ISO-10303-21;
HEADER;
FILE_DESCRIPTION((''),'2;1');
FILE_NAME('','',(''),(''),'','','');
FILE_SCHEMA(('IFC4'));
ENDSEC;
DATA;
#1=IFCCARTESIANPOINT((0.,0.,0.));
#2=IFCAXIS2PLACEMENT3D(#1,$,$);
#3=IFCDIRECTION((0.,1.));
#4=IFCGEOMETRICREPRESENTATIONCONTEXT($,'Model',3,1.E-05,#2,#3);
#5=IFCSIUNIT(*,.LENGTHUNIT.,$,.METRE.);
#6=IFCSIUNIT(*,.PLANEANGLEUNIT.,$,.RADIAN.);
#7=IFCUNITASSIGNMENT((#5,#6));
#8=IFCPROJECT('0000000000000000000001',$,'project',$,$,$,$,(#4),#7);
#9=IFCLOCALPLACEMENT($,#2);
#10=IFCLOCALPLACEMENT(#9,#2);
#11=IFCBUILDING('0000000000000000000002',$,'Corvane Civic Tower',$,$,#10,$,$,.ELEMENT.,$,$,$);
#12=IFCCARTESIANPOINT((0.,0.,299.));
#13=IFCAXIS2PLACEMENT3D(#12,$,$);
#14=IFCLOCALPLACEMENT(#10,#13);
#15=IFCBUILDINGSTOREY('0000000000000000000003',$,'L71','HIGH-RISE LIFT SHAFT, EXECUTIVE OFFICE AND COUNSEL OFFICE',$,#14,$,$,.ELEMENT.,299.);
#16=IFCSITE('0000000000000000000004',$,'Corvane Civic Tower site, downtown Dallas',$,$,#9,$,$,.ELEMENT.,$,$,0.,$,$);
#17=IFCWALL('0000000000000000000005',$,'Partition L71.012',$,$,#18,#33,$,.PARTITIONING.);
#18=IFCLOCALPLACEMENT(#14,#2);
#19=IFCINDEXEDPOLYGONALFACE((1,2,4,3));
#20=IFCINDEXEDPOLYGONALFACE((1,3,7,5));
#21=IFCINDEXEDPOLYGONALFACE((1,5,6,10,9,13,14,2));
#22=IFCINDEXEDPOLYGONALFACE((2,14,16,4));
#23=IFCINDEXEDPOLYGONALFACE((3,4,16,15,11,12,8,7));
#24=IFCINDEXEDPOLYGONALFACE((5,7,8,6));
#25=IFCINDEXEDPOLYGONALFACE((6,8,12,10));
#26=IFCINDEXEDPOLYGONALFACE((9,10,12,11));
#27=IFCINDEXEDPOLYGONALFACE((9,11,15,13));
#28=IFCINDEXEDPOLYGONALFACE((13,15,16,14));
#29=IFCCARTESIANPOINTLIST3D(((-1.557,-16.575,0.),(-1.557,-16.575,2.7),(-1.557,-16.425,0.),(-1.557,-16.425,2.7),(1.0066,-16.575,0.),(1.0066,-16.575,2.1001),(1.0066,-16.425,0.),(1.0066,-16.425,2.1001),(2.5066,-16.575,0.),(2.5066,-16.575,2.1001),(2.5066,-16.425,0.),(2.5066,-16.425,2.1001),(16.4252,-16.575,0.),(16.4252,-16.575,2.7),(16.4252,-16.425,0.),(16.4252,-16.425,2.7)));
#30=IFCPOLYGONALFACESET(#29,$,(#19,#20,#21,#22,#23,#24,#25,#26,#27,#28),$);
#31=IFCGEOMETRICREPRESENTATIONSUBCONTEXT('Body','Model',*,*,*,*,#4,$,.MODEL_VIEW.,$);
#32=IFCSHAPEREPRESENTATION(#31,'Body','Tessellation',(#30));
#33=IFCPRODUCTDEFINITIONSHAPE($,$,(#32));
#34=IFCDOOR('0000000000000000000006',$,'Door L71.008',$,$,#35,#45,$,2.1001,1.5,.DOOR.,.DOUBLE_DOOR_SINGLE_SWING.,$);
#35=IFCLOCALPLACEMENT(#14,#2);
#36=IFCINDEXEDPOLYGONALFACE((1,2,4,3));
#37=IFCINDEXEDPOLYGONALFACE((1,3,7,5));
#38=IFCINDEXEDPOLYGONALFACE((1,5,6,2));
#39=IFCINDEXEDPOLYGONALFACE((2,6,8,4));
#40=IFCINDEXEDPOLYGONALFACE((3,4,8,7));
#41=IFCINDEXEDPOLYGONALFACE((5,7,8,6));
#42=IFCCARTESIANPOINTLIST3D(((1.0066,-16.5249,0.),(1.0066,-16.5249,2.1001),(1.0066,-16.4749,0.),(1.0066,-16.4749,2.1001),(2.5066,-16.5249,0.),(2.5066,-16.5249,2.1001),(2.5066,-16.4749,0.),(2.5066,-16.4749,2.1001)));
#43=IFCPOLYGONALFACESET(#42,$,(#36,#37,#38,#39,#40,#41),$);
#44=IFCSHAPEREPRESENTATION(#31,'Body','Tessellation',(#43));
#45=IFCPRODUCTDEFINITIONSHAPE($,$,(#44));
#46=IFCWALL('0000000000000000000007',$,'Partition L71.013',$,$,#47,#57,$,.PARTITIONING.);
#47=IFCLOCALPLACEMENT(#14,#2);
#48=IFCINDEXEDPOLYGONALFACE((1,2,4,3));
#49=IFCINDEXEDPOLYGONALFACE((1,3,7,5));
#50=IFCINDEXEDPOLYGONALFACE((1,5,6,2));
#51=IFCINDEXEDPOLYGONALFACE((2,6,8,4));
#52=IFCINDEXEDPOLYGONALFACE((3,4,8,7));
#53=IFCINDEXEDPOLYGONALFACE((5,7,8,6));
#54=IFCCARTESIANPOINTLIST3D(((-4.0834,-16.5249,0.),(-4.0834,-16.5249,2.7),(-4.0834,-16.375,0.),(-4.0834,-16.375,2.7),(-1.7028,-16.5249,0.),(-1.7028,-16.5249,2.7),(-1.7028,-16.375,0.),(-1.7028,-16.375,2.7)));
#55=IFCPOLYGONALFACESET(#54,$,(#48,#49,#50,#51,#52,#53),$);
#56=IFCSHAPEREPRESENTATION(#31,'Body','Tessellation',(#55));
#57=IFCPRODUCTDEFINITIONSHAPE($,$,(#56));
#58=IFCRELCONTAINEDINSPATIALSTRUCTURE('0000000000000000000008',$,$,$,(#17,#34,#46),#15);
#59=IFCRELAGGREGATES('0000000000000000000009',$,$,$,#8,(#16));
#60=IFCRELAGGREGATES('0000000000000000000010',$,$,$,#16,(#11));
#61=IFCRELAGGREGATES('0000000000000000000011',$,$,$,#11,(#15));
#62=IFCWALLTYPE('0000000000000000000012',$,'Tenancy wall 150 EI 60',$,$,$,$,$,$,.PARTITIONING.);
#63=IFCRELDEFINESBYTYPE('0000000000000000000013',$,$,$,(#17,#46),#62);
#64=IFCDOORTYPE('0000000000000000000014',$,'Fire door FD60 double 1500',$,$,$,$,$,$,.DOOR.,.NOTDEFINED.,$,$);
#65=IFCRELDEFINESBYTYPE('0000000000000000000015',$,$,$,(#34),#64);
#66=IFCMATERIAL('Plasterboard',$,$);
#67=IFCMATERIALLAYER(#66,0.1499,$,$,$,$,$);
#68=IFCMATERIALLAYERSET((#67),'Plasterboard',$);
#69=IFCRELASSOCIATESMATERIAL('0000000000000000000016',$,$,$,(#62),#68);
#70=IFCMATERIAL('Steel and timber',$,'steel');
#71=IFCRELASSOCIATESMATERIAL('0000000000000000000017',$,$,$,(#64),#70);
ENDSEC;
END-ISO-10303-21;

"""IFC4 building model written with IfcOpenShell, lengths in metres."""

from ifc_helpers import new_model, si_unit, direction, frame, frame_2d, origin, place, context, subcontext, project, spatial, rectangle, extrude, material, layer, layer_set, type_object, element, fill, save


model = new_model("IFC4")

# Units and contexts
model_context = context("Model", 3, precision=1e-05, world=origin(), true_north=direction((0.0, 1.0)))
body_context = subcontext(model_context, "Body", "Model", "MODEL_VIEW")
ifc_project = project(units=[si_unit("LENGTHUNIT", "METRE"), si_unit("PLANEANGLEUNIT", "RADIAN")], contexts=[model_context])

# Site, building, storey
site_placement = place(None, origin())
site = spatial("IfcSite", under=ifc_project, at=site_placement, Name="Corvane Civic Tower site, downtown Dallas", CompositionType="ELEMENT", RefElevation=0.0)
building_placement = place(site_placement, origin())
building = spatial("IfcBuilding", under=site, at=building_placement, Name="Corvane Civic Tower", CompositionType="ELEMENT")
storey_placement = place(building_placement, frame((0.0, 0.0, 299.0)))
storey = spatial("IfcBuildingStorey", under=building, at=storey_placement, Name="L71", Description="HIGH-RISE LIFT SHAFT, EXECUTIVE OFFICE AND COUNSEL OFFICE", CompositionType="ELEMENT", Elevation=299.0)

# Wall, opening, door
ifc_material_1 = material(Name="Plasterboard")
ifc_layer_1 = layer(ifc_material_1, 0.1499)
ifc_layer_set_1 = layer_set([ifc_layer_1], Name="Plasterboard")
wall_type_1 = type_object("IfcWallType", Name="Tenancy wall 150 EI 60", PredefinedType="PARTITIONING", material=ifc_layer_set_1)
wall_1_placement = place(storey_placement, frame((-1.5571, -16.5, 0.0), z_axis=(0.0, 0.0, 1.0), x_axis=(1.0, 0.0, 0.0)))
wall_1 = element("IfcWall", 1, at=wall_1_placement, inside=storey, type_object=wall_type_1, Name="Partition L71.012", PredefinedType="PARTITIONING", context=body_context, shape_type="SweptSolid", body=[
    extrude(rectangle(XDim=17.9822, YDim=0.1499, at=frame_2d((8.9912, 0.0))), origin(), (0.0, 0.0, 1.0), 2.7),
])
opening_1_placement = place(wall_1_placement, frame((2.5637, 0.0, 0.0)))
opening_1 = element("IfcOpeningElement", 2, at=opening_1_placement, cuts=wall_1, PredefinedType="OPENING", context=body_context, shape_type="SweptSolid", body=[
    extrude(rectangle(XDim=1.5, YDim=2.1001, at=frame_2d((0.75, 1.05))), frame((0.0, 0.085, 0.0), z_axis=(0.0, -1.0, 0.0), x_axis=(1.0, 0.0, 0.0)), (0.0, 0.0, 1.0), 0.1699),
])
ifc_material_2 = material(Name="Steel and timber", Category="steel")
door_type_1 = type_object("IfcDoorType", Name="Fire door FD60 double 1500", OperationType="NOTDEFINED", PredefinedType="DOOR", material=ifc_material_2)
door_1_placement = place(opening_1_placement, frame((1.5, 0.0, 0.0), z_axis=(0.0, 0.0, 1.0), x_axis=(-1.0, 0.0, 0.0)))
door_1 = element("IfcDoor", 3, at=door_1_placement, inside=storey, type_object=door_type_1, Name="Door L71.008", OperationType="DOUBLE_DOOR_SINGLE_SWING", OverallHeight=2.1001, OverallWidth=1.5, PredefinedType="DOOR", context=body_context, shape_type="SweptSolid", body=[
    extrude(rectangle(XDim=1.5, YDim=2.1001, at=frame_2d((0.75, 1.05))), frame((0.0, 0.0249, 0.0), z_axis=(0.0, -1.0, 0.0), x_axis=(1.0, 0.0, 0.0)), (0.0, 0.0, 1.0), 0.05),
])
fill(opening_1, door_1)

# Wall
wall_2_placement = place(storey_placement, frame((-4.0835, -16.45, 0.0), z_axis=(0.0, 0.0, 1.0), x_axis=(1.0, 0.0, 0.0)))
element("IfcWall", 4, at=wall_2_placement, inside=storey, type_object=wall_type_1, Name="Partition L71.013", PredefinedType="PARTITIONING", context=body_context, shape_type="SweptSolid", body=[
    extrude(rectangle(XDim=2.3806, YDim=0.1499, at=frame_2d((1.1904, 0.0))), origin(), (0.0, 0.0, 1.0), 2.7),
])

save(model, "model.ifc")
